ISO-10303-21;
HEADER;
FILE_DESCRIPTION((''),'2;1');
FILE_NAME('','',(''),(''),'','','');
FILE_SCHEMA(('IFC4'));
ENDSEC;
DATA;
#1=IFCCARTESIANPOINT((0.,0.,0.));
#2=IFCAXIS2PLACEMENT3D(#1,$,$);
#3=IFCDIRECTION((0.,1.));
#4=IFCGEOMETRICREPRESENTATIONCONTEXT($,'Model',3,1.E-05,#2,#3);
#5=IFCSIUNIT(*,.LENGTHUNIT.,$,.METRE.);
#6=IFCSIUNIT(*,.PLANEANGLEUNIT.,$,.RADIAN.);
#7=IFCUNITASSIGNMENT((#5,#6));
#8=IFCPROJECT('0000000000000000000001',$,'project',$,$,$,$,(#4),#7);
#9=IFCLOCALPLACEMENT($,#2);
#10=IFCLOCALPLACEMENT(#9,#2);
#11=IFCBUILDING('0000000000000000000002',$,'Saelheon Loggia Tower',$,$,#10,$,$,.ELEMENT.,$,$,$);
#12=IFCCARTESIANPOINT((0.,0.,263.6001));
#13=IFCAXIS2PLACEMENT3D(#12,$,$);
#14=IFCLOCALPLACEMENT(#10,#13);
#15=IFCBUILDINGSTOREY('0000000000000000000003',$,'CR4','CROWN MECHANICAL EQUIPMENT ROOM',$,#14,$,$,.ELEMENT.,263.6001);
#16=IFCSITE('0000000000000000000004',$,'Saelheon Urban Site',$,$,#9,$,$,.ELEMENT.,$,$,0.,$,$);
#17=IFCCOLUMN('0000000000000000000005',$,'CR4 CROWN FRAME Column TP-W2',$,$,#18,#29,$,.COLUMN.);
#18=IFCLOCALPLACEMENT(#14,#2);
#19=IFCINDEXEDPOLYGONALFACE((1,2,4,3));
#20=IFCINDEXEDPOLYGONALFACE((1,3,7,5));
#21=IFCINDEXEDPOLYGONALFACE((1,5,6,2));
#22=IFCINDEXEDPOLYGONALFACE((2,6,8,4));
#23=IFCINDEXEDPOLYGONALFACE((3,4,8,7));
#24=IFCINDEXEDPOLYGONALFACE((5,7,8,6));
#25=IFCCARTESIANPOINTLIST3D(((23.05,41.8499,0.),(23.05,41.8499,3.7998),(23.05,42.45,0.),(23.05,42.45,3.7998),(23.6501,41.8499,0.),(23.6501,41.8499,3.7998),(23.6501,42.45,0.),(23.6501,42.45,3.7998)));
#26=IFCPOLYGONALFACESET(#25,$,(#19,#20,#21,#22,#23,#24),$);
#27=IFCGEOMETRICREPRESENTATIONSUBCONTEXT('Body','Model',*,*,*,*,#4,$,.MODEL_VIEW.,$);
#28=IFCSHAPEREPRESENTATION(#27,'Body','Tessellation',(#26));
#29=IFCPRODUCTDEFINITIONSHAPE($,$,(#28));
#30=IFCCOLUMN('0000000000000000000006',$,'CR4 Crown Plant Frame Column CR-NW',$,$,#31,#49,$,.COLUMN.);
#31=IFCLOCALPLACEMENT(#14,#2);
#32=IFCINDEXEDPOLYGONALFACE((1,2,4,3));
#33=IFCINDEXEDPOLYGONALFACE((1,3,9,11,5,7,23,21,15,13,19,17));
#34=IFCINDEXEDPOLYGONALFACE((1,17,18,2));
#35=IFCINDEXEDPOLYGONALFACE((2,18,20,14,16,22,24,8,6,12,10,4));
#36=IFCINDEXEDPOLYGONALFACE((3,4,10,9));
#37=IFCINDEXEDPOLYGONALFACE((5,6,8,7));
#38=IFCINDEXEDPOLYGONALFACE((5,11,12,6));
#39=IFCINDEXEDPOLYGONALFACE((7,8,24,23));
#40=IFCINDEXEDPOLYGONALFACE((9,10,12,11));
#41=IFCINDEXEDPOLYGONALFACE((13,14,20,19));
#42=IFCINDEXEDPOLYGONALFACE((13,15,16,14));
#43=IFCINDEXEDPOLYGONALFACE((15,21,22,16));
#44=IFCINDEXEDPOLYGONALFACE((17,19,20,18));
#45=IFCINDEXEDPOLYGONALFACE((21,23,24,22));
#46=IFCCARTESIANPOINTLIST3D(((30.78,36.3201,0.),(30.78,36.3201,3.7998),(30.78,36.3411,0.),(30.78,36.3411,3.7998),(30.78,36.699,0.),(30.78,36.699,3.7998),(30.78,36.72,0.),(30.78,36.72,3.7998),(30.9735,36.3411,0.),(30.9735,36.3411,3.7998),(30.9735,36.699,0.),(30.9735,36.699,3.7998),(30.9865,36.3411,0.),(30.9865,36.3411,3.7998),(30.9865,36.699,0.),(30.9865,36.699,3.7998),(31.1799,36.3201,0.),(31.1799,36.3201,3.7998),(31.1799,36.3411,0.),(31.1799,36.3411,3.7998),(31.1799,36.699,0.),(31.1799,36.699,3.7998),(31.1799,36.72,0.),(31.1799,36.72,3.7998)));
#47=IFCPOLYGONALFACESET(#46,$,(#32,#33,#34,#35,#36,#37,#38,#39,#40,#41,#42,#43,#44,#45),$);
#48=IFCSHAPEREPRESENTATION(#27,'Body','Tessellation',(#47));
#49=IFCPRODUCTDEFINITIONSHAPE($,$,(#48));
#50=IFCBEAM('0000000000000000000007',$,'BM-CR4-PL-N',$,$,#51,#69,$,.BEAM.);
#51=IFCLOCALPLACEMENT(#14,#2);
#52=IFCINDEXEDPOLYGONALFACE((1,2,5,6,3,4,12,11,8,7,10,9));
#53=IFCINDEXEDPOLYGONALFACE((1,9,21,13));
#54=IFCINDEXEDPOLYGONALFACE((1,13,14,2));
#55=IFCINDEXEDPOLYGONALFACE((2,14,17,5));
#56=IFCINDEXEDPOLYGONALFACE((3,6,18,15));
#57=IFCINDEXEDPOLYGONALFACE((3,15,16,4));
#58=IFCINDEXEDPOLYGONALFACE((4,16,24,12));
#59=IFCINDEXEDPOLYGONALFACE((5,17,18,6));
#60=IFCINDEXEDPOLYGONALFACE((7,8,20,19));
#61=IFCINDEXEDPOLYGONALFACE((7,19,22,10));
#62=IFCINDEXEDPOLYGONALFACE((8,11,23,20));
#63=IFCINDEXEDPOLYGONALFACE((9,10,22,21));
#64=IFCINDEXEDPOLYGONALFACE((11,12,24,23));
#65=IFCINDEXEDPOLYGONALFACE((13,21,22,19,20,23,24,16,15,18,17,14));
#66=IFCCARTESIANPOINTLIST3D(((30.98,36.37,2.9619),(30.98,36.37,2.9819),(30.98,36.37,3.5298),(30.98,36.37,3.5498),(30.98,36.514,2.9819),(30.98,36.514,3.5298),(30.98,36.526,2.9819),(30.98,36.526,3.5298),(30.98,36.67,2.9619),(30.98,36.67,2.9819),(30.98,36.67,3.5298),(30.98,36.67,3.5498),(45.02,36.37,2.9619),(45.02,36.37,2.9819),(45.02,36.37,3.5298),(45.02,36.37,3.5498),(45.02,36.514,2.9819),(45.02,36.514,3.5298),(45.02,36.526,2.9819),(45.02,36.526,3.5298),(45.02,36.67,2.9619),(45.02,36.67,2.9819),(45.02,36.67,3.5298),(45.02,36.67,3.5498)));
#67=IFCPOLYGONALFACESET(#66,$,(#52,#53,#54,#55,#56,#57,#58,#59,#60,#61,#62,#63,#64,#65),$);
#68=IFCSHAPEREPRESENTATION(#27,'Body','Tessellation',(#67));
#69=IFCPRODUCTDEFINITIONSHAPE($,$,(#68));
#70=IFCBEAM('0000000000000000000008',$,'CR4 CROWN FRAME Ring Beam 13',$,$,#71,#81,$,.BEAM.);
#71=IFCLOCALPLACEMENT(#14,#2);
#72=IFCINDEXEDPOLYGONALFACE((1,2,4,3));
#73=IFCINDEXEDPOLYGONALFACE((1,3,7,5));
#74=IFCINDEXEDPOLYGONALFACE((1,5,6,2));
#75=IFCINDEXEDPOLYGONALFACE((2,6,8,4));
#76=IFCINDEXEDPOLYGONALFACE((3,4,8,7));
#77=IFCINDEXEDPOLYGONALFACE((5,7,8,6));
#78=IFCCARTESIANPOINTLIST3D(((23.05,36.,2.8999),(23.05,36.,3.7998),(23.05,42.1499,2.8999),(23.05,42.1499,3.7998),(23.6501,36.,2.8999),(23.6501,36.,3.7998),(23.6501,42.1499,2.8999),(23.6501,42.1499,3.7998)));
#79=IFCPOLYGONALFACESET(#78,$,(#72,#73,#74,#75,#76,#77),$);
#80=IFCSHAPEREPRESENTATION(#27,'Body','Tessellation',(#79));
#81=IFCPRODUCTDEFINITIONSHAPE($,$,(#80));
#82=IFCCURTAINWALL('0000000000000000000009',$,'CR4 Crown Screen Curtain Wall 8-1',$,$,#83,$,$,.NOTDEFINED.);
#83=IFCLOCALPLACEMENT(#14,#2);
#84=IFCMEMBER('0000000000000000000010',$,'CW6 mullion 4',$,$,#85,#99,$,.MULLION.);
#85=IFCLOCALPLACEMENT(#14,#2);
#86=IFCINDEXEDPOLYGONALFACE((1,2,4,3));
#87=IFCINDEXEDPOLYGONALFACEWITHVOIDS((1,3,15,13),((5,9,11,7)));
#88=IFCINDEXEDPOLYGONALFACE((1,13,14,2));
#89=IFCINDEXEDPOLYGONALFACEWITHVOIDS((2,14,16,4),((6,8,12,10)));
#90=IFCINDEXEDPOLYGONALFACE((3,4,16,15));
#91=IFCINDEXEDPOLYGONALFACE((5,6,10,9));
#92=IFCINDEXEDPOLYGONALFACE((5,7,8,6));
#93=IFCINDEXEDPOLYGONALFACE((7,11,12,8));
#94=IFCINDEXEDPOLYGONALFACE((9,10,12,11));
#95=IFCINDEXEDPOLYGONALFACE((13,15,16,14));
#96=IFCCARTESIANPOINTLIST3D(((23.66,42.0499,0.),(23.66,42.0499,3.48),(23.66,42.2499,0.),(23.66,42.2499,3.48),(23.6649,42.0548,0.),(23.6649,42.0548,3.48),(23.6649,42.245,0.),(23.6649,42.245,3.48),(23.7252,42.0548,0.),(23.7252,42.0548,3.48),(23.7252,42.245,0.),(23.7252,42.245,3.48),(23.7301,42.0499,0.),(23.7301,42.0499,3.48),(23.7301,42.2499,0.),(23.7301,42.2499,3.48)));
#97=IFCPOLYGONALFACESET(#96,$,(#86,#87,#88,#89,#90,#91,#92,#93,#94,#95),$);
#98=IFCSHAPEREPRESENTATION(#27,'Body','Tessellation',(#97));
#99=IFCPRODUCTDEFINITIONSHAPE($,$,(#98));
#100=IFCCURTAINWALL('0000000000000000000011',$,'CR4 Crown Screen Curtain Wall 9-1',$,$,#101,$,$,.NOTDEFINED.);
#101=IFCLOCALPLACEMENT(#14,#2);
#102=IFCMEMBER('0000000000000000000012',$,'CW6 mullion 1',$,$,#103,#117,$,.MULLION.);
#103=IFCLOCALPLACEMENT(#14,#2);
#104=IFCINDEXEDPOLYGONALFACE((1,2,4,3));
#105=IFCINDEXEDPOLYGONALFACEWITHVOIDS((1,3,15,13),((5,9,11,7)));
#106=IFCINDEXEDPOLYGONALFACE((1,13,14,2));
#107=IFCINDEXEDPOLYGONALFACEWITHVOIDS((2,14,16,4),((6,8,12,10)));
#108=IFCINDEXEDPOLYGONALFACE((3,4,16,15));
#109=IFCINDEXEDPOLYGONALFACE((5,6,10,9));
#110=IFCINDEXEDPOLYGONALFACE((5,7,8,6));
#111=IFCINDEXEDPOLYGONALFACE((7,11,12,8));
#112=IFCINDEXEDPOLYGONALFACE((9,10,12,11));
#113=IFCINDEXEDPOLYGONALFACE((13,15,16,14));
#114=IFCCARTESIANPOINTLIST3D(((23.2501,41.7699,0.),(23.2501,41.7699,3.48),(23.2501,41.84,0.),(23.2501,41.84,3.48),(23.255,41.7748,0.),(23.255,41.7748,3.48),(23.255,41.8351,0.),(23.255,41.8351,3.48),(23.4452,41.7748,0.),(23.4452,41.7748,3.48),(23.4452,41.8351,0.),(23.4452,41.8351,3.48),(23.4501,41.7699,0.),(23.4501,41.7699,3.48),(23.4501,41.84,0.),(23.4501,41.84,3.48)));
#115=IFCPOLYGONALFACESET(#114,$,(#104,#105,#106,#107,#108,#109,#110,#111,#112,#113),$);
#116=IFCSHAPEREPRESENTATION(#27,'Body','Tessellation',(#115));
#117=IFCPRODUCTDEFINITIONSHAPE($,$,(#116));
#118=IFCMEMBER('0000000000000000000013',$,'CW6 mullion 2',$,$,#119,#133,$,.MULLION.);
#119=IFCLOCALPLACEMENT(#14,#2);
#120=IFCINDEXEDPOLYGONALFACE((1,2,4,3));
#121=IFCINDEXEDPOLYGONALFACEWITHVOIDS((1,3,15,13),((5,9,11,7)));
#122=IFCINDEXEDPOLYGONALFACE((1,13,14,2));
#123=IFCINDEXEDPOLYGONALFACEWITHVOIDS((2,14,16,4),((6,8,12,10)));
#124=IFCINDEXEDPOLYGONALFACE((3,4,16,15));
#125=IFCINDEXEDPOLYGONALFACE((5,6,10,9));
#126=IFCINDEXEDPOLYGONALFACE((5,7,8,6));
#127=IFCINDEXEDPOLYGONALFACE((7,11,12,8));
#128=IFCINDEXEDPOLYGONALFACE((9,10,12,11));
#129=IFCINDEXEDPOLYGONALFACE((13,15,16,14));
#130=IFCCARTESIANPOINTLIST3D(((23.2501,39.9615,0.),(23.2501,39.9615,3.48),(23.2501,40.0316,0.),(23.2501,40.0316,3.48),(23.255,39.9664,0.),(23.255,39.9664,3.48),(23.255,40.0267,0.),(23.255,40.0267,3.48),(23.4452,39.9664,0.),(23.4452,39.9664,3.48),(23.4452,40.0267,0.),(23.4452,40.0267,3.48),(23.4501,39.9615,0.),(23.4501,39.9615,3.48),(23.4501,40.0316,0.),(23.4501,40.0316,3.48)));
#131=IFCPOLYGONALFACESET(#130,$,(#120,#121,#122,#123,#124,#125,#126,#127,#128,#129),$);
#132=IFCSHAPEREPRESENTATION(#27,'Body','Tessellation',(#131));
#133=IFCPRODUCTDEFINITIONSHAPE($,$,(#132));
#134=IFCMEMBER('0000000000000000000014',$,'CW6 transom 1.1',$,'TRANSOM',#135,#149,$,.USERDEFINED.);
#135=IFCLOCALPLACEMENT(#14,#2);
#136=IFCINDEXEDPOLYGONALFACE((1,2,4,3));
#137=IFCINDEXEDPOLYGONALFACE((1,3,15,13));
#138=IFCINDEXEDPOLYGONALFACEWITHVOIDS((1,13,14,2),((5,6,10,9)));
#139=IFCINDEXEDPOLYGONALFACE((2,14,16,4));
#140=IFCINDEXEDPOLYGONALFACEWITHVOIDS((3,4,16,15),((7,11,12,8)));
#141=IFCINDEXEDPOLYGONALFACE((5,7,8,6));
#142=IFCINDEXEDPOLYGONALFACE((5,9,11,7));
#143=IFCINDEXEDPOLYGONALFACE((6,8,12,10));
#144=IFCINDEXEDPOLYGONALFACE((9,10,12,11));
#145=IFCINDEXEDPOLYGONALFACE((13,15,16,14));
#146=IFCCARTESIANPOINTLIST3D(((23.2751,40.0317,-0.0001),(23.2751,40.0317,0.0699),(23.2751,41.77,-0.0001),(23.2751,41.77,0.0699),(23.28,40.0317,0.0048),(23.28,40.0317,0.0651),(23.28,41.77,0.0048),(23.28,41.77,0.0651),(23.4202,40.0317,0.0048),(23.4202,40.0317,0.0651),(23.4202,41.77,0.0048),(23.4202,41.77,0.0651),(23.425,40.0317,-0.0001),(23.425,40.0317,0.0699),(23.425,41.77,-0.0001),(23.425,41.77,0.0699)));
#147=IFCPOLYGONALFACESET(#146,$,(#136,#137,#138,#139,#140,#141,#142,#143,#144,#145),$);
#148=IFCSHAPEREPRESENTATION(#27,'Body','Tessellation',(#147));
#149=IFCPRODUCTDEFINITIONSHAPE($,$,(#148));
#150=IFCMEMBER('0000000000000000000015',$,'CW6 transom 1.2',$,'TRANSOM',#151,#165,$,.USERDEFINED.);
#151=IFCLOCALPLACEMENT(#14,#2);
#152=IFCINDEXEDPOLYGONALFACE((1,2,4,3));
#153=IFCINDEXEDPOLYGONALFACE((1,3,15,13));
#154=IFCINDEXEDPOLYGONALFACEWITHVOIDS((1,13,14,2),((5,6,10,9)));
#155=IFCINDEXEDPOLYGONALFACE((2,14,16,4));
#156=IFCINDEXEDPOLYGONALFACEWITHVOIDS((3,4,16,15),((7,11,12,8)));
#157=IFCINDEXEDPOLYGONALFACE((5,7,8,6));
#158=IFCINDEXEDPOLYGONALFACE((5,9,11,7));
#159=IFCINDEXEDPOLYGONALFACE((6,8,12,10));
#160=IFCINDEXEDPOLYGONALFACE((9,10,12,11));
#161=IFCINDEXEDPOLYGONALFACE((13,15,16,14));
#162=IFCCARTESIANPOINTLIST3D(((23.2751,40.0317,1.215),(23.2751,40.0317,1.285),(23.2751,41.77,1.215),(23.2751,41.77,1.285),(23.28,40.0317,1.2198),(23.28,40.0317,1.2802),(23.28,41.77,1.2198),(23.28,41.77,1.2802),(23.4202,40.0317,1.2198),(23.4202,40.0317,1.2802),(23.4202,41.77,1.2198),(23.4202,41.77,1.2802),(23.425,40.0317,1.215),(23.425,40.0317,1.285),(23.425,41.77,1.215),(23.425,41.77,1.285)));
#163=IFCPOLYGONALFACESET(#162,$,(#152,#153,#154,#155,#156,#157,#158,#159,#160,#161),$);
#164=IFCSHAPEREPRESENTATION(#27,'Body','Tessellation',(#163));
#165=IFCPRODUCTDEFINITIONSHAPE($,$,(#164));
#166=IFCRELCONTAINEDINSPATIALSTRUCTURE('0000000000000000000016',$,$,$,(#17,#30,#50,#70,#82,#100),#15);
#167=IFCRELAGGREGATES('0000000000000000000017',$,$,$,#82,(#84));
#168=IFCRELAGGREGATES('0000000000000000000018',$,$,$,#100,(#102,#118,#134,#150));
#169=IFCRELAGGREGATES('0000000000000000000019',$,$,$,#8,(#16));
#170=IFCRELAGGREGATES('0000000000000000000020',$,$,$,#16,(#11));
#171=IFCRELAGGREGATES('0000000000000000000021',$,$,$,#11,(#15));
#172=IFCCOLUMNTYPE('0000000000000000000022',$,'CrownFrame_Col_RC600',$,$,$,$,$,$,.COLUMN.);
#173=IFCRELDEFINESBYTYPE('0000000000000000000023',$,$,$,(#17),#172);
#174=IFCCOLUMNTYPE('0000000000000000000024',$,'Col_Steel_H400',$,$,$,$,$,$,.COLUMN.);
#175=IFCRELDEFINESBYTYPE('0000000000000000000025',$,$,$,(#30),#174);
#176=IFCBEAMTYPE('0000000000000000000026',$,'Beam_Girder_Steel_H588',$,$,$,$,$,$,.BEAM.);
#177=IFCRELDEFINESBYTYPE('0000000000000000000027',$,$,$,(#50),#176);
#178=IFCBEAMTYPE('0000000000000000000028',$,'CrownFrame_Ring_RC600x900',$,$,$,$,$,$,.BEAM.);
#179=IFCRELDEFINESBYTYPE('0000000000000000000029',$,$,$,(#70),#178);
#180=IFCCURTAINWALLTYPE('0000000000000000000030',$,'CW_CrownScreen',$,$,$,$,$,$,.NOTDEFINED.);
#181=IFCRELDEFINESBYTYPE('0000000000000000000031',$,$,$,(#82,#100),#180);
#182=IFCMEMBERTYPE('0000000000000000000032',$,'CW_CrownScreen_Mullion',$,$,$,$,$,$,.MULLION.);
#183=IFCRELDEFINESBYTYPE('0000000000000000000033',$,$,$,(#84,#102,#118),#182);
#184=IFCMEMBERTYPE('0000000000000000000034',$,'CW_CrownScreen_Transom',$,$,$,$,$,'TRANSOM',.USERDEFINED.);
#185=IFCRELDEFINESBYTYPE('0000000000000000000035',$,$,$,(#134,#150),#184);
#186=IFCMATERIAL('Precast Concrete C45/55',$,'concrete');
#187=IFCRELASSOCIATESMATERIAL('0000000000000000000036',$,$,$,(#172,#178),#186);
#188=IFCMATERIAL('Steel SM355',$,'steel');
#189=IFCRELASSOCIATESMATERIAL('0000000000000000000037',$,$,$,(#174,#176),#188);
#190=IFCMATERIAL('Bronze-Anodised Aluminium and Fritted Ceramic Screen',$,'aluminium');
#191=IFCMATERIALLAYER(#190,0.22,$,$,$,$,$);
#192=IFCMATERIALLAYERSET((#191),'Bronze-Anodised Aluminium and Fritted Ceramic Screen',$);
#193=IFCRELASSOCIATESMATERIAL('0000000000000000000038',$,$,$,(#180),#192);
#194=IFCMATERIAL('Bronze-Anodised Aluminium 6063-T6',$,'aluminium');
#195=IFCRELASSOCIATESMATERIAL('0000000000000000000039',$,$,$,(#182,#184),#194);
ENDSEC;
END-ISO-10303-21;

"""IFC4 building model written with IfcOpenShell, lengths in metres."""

from ifc_helpers import new_model, si_unit, direction, frame, origin, origin_2d, place, context, subcontext, project, spatial, rectangle, hollow_rectangle, i_section, extrude, source, transform, mapped, material, layer, layer_set, material_profile, profile_set, type_object, element, aggregate, save


model = new_model("IFC4")

# Units and contexts
model_context = context("Model", 3, precision=1e-05, world=origin(), true_north=direction((0.0, 1.0)))
body_context = subcontext(model_context, "Body", "Model", "MODEL_VIEW")
ifc_project = project(units=[si_unit("LENGTHUNIT", "METRE"), si_unit("PLANEANGLEUNIT", "RADIAN")], contexts=[model_context])

# Site, building, storey
site_placement = place(None, origin())
site = spatial("IfcSite", under=ifc_project, at=site_placement, Name="Saelheon Urban Site", CompositionType="ELEMENT", RefElevation=0.0)
building_placement = place(site_placement, origin())
building = spatial("IfcBuilding", under=site, at=building_placement, Name="Saelheon Loggia Tower", CompositionType="ELEMENT")
storey_placement = place(building_placement, frame((0.0, 0.0, 263.6001)))
storey = spatial("IfcBuildingStorey", under=building, at=storey_placement, Name="CR4", Description="CROWN MECHANICAL EQUIPMENT ROOM", CompositionType="ELEMENT", Elevation=263.6001)

# Columns
ifc_material_1 = material(Name="Precast Concrete C45/55", Category="concrete")
ifc_material_profile_1 = material_profile(ifc_material_1, rectangle(XDim=0.6001, YDim=0.6001, at=origin_2d()), Name="RC-600x600")
ifc_profile_set_1 = profile_set([ifc_material_profile_1], Name="Precast Concrete C45/55")
column_type_1 = type_object("IfcColumnType", Name="CrownFrame_Col_RC600", PredefinedType="COLUMN", material=ifc_profile_set_1)
shared_shape_1 = source(origin(), body_context, "Body", "SweptSolid", [
    extrude(rectangle(XDim=0.6001, YDim=0.6001, at=origin_2d()), origin(), (0.0, 0.0, 1.0), 3.7998),
])
column_1_placement = place(storey_placement, frame((23.3501, 42.1499, 0.0), z_axis=(0.0, 0.0, 1.0), x_axis=(1.0, 0.0, 0.0)))
element("IfcColumn", 1, at=column_1_placement, inside=storey, type_object=column_type_1, Name="CR4 CROWN FRAME Column TP-W2", PredefinedType="COLUMN", context=body_context, shape_type="MappedRepresentation", body=[
    mapped(shared_shape_1, transform((0.0, 0.0, 0.0), scale=1.0)),
])
ifc_material_2 = material(Name="Steel SM355", Category="steel")
ifc_material_profile_2 = material_profile(ifc_material_2, i_section(OverallWidth=0.3999, OverallDepth=0.3999, WebThickness=0.0129, FlangeThickness=0.021, at=origin_2d()), Name="H-400x400x13x21")
ifc_profile_set_2 = profile_set([ifc_material_profile_2], Name="Steel SM355")
column_type_2 = type_object("IfcColumnType", Name="Col_Steel_H400", PredefinedType="COLUMN", material=ifc_profile_set_2)
shared_shape_2 = source(origin(), body_context, "Body", "SweptSolid", [
    extrude(i_section(OverallWidth=0.3999, OverallDepth=0.3999, WebThickness=0.0129, FlangeThickness=0.021, at=origin_2d()), origin(), (0.0, 0.0, 1.0), 3.7998),
])
column_2_placement = place(storey_placement, frame((30.98, 36.52, 0.0), z_axis=(0.0, 0.0, 1.0), x_axis=(1.0, 0.0, 0.0)))
element("IfcColumn", 2, at=column_2_placement, inside=storey, type_object=column_type_2, Name="CR4 Crown Plant Frame Column CR-NW", PredefinedType="COLUMN", context=body_context, shape_type="MappedRepresentation", body=[
    mapped(shared_shape_2, transform((0.0, 0.0, 0.0), scale=1.0)),
])

# Beams
ifc_material_profile_3 = material_profile(ifc_material_2, i_section(OverallWidth=0.3, OverallDepth=0.5879, WebThickness=0.012, FlangeThickness=0.02, at=origin_2d()), Name="H-588x300x12x20")
ifc_profile_set_3 = profile_set([ifc_material_profile_3], Name="Steel SM355")
beam_type_1 = type_object("IfcBeamType", Name="Beam_Girder_Steel_H588", PredefinedType="BEAM", material=ifc_profile_set_3)
shared_shape_3 = source(origin(), body_context, "Body", "SweptSolid", [
    extrude(i_section(OverallWidth=0.3, OverallDepth=0.5879, WebThickness=0.012, FlangeThickness=0.02, at=origin_2d()), origin(), (0.0, 0.0, 1.0), 14.04),
])
beam_1_placement = place(storey_placement, frame((30.98, 36.52, 3.2559), z_axis=(1.0, 0.0, 0.0), x_axis=(0.0, 1.0, 0.0)))
element("IfcBeam", 3, at=beam_1_placement, inside=storey, type_object=beam_type_1, Name="BM-CR4-PL-N", PredefinedType="BEAM", context=body_context, shape_type="MappedRepresentation", body=[
    mapped(shared_shape_3, transform((0.0, 0.0, 0.0), scale=1.0)),
])
ifc_material_profile_4 = material_profile(ifc_material_1, rectangle(XDim=0.6001, YDim=0.8999, at=origin_2d()), Name="RC-600x900")
ifc_profile_set_4 = profile_set([ifc_material_profile_4], Name="Precast Concrete C45/55")
beam_type_2 = type_object("IfcBeamType", Name="CrownFrame_Ring_RC600x900", PredefinedType="BEAM", material=ifc_profile_set_4)
shared_shape_4 = source(origin(), body_context, "Body", "SweptSolid", [
    extrude(rectangle(XDim=0.6001, YDim=0.8999, at=origin_2d()), origin(), (0.0, 0.0, 1.0), 6.1499),
])
beam_2_placement = place(storey_placement, frame((23.3501, 42.1499, 3.3499), z_axis=(0.0, -1.0, 0.0), x_axis=(1.0, 0.0, 0.0)))
element("IfcBeam", 4, at=beam_2_placement, inside=storey, type_object=beam_type_2, Name="CR4 CROWN FRAME Ring Beam 13", PredefinedType="BEAM", context=body_context, shape_type="MappedRepresentation", body=[
    mapped(shared_shape_4, transform((0.0, 0.0, 0.0), scale=1.0)),
])

# Curtain wall, member
ifc_material_3 = material(Name="Bronze-Anodised Aluminium and Fritted Ceramic Screen", Category="aluminium")
ifc_layer_1 = layer(ifc_material_3, 0.22)
ifc_layer_set_1 = layer_set([ifc_layer_1], Name="Bronze-Anodised Aluminium and Fritted Ceramic Screen")
curtain_wall_type = type_object("IfcCurtainWallType", Name="CW_CrownScreen", PredefinedType="NOTDEFINED", material=ifc_layer_set_1)
curtain_wall_1_placement = place(storey_placement, origin())
curtain_wall_1 = element("IfcCurtainWall", 5, at=curtain_wall_1_placement, inside=storey, type_object=curtain_wall_type, Name="CR4 Crown Screen Curtain Wall 8-1", PredefinedType="NOTDEFINED")
ifc_material_4 = material(Name="Bronze-Anodised Aluminium 6063-T6", Category="aluminium")
ifc_material_profile_5 = material_profile(ifc_material_4, hollow_rectangle(XDim=0.0701, YDim=0.2, WallThickness=0.0049, at=origin_2d()), Name="RHS-200x70x5")
ifc_profile_set_5 = profile_set([ifc_material_profile_5], Name="Bronze-Anodised Aluminium 6063-T6")
member_type_1 = type_object("IfcMemberType", Name="CW_CrownScreen_Mullion", PredefinedType="MULLION", material=ifc_profile_set_5)
shared_shape_5 = source(origin(), body_context, "Body", "SweptSolid", [
    extrude(hollow_rectangle(XDim=0.0701, YDim=0.2, WallThickness=0.0049, at=origin_2d()), origin(), (0.0, 0.0, 1.0), 3.48),
])
member_1_placement = place(storey_placement, frame((23.6951, 42.1499, 0.0), z_axis=(0.0, 0.0, 1.0), x_axis=(-1.0, 0.0, 0.0)))
member_1 = element("IfcMember", 6, at=member_1_placement, type_object=member_type_1, Name="CW6 mullion 4", PredefinedType="MULLION", context=body_context, shape_type="MappedRepresentation", body=[
    mapped(shared_shape_5, transform((0.0, 0.0, 0.0), scale=1.0)),
])

# Curtain wall, members
curtain_wall_2_placement = place(storey_placement, origin())
curtain_wall_2 = element("IfcCurtainWall", 7, at=curtain_wall_2_placement, inside=storey, type_object=curtain_wall_type, Name="CR4 Crown Screen Curtain Wall 9-1", PredefinedType="NOTDEFINED")
member_2_placement = place(storey_placement, frame((23.3501, 41.8049, 0.0), z_axis=(0.0, 0.0, 1.0), x_axis=(0.0, -1.0, 0.0)))
member_2 = element("IfcMember", 8, at=member_2_placement, type_object=member_type_1, Name="CW6 mullion 1", PredefinedType="MULLION", context=body_context, shape_type="MappedRepresentation", body=[
    mapped(shared_shape_5, transform((0.0, 0.0, 0.0), scale=1.0)),
])
member_3_placement = place(storey_placement, frame((23.3501, 39.9966, 0.0), z_axis=(0.0, 0.0, 1.0), x_axis=(0.0, -1.0, 0.0)))
member_3 = element("IfcMember", 9, at=member_3_placement, type_object=member_type_1, Name="CW6 mullion 2", PredefinedType="MULLION", context=body_context, shape_type="MappedRepresentation", body=[
    mapped(shared_shape_5, transform((0.0, 0.0, 0.0), scale=1.0)),
])
ifc_material_profile_6 = material_profile(ifc_material_4, hollow_rectangle(XDim=0.0701, YDim=0.1499, WallThickness=0.0049, at=origin_2d()), Name="RHS-150x70x5")
ifc_profile_set_6 = profile_set([ifc_material_profile_6], Name="Bronze-Anodised Aluminium 6063-T6")
member_type_2 = type_object("IfcMemberType", Name="CW_CrownScreen_Transom", ElementType="TRANSOM", PredefinedType="USERDEFINED", material=ifc_profile_set_6)
shared_shape_6 = source(origin(), body_context, "Body", "SweptSolid", [
    extrude(hollow_rectangle(XDim=0.0701, YDim=0.1499, WallThickness=0.0049, at=origin_2d()), origin(), (0.0, 0.0, 1.0), 1.7383),
])
member_4_placement = place(storey_placement, frame((23.3501, 41.77, 0.0349), z_axis=(0.0, -1.0, 0.0), x_axis=(0.0, 0.0, 1.0)))
member_4 = element("IfcMember", 10, at=member_4_placement, type_object=member_type_2, Name="CW6 transom 1.1", ObjectType="TRANSOM", PredefinedType="USERDEFINED", context=body_context, shape_type="MappedRepresentation", body=[
    mapped(shared_shape_6, transform((0.0, 0.0, 0.0), scale=1.0)),
])
member_5_placement = place(storey_placement, frame((23.3501, 41.77, 1.25), z_axis=(0.0, -1.0, 0.0), x_axis=(0.0, 0.0, 1.0)))
member_5 = element("IfcMember", 11, at=member_5_placement, type_object=member_type_2, Name="CW6 transom 1.2", ObjectType="TRANSOM", PredefinedType="USERDEFINED", context=body_context, shape_type="MappedRepresentation", body=[
    mapped(shared_shape_6, transform((0.0, 0.0, 0.0), scale=1.0)),
])

aggregate(curtain_wall_1, [member_1])
aggregate(curtain_wall_2, [member_2, member_3, member_4, member_5])

save(model, "model.ifc")
